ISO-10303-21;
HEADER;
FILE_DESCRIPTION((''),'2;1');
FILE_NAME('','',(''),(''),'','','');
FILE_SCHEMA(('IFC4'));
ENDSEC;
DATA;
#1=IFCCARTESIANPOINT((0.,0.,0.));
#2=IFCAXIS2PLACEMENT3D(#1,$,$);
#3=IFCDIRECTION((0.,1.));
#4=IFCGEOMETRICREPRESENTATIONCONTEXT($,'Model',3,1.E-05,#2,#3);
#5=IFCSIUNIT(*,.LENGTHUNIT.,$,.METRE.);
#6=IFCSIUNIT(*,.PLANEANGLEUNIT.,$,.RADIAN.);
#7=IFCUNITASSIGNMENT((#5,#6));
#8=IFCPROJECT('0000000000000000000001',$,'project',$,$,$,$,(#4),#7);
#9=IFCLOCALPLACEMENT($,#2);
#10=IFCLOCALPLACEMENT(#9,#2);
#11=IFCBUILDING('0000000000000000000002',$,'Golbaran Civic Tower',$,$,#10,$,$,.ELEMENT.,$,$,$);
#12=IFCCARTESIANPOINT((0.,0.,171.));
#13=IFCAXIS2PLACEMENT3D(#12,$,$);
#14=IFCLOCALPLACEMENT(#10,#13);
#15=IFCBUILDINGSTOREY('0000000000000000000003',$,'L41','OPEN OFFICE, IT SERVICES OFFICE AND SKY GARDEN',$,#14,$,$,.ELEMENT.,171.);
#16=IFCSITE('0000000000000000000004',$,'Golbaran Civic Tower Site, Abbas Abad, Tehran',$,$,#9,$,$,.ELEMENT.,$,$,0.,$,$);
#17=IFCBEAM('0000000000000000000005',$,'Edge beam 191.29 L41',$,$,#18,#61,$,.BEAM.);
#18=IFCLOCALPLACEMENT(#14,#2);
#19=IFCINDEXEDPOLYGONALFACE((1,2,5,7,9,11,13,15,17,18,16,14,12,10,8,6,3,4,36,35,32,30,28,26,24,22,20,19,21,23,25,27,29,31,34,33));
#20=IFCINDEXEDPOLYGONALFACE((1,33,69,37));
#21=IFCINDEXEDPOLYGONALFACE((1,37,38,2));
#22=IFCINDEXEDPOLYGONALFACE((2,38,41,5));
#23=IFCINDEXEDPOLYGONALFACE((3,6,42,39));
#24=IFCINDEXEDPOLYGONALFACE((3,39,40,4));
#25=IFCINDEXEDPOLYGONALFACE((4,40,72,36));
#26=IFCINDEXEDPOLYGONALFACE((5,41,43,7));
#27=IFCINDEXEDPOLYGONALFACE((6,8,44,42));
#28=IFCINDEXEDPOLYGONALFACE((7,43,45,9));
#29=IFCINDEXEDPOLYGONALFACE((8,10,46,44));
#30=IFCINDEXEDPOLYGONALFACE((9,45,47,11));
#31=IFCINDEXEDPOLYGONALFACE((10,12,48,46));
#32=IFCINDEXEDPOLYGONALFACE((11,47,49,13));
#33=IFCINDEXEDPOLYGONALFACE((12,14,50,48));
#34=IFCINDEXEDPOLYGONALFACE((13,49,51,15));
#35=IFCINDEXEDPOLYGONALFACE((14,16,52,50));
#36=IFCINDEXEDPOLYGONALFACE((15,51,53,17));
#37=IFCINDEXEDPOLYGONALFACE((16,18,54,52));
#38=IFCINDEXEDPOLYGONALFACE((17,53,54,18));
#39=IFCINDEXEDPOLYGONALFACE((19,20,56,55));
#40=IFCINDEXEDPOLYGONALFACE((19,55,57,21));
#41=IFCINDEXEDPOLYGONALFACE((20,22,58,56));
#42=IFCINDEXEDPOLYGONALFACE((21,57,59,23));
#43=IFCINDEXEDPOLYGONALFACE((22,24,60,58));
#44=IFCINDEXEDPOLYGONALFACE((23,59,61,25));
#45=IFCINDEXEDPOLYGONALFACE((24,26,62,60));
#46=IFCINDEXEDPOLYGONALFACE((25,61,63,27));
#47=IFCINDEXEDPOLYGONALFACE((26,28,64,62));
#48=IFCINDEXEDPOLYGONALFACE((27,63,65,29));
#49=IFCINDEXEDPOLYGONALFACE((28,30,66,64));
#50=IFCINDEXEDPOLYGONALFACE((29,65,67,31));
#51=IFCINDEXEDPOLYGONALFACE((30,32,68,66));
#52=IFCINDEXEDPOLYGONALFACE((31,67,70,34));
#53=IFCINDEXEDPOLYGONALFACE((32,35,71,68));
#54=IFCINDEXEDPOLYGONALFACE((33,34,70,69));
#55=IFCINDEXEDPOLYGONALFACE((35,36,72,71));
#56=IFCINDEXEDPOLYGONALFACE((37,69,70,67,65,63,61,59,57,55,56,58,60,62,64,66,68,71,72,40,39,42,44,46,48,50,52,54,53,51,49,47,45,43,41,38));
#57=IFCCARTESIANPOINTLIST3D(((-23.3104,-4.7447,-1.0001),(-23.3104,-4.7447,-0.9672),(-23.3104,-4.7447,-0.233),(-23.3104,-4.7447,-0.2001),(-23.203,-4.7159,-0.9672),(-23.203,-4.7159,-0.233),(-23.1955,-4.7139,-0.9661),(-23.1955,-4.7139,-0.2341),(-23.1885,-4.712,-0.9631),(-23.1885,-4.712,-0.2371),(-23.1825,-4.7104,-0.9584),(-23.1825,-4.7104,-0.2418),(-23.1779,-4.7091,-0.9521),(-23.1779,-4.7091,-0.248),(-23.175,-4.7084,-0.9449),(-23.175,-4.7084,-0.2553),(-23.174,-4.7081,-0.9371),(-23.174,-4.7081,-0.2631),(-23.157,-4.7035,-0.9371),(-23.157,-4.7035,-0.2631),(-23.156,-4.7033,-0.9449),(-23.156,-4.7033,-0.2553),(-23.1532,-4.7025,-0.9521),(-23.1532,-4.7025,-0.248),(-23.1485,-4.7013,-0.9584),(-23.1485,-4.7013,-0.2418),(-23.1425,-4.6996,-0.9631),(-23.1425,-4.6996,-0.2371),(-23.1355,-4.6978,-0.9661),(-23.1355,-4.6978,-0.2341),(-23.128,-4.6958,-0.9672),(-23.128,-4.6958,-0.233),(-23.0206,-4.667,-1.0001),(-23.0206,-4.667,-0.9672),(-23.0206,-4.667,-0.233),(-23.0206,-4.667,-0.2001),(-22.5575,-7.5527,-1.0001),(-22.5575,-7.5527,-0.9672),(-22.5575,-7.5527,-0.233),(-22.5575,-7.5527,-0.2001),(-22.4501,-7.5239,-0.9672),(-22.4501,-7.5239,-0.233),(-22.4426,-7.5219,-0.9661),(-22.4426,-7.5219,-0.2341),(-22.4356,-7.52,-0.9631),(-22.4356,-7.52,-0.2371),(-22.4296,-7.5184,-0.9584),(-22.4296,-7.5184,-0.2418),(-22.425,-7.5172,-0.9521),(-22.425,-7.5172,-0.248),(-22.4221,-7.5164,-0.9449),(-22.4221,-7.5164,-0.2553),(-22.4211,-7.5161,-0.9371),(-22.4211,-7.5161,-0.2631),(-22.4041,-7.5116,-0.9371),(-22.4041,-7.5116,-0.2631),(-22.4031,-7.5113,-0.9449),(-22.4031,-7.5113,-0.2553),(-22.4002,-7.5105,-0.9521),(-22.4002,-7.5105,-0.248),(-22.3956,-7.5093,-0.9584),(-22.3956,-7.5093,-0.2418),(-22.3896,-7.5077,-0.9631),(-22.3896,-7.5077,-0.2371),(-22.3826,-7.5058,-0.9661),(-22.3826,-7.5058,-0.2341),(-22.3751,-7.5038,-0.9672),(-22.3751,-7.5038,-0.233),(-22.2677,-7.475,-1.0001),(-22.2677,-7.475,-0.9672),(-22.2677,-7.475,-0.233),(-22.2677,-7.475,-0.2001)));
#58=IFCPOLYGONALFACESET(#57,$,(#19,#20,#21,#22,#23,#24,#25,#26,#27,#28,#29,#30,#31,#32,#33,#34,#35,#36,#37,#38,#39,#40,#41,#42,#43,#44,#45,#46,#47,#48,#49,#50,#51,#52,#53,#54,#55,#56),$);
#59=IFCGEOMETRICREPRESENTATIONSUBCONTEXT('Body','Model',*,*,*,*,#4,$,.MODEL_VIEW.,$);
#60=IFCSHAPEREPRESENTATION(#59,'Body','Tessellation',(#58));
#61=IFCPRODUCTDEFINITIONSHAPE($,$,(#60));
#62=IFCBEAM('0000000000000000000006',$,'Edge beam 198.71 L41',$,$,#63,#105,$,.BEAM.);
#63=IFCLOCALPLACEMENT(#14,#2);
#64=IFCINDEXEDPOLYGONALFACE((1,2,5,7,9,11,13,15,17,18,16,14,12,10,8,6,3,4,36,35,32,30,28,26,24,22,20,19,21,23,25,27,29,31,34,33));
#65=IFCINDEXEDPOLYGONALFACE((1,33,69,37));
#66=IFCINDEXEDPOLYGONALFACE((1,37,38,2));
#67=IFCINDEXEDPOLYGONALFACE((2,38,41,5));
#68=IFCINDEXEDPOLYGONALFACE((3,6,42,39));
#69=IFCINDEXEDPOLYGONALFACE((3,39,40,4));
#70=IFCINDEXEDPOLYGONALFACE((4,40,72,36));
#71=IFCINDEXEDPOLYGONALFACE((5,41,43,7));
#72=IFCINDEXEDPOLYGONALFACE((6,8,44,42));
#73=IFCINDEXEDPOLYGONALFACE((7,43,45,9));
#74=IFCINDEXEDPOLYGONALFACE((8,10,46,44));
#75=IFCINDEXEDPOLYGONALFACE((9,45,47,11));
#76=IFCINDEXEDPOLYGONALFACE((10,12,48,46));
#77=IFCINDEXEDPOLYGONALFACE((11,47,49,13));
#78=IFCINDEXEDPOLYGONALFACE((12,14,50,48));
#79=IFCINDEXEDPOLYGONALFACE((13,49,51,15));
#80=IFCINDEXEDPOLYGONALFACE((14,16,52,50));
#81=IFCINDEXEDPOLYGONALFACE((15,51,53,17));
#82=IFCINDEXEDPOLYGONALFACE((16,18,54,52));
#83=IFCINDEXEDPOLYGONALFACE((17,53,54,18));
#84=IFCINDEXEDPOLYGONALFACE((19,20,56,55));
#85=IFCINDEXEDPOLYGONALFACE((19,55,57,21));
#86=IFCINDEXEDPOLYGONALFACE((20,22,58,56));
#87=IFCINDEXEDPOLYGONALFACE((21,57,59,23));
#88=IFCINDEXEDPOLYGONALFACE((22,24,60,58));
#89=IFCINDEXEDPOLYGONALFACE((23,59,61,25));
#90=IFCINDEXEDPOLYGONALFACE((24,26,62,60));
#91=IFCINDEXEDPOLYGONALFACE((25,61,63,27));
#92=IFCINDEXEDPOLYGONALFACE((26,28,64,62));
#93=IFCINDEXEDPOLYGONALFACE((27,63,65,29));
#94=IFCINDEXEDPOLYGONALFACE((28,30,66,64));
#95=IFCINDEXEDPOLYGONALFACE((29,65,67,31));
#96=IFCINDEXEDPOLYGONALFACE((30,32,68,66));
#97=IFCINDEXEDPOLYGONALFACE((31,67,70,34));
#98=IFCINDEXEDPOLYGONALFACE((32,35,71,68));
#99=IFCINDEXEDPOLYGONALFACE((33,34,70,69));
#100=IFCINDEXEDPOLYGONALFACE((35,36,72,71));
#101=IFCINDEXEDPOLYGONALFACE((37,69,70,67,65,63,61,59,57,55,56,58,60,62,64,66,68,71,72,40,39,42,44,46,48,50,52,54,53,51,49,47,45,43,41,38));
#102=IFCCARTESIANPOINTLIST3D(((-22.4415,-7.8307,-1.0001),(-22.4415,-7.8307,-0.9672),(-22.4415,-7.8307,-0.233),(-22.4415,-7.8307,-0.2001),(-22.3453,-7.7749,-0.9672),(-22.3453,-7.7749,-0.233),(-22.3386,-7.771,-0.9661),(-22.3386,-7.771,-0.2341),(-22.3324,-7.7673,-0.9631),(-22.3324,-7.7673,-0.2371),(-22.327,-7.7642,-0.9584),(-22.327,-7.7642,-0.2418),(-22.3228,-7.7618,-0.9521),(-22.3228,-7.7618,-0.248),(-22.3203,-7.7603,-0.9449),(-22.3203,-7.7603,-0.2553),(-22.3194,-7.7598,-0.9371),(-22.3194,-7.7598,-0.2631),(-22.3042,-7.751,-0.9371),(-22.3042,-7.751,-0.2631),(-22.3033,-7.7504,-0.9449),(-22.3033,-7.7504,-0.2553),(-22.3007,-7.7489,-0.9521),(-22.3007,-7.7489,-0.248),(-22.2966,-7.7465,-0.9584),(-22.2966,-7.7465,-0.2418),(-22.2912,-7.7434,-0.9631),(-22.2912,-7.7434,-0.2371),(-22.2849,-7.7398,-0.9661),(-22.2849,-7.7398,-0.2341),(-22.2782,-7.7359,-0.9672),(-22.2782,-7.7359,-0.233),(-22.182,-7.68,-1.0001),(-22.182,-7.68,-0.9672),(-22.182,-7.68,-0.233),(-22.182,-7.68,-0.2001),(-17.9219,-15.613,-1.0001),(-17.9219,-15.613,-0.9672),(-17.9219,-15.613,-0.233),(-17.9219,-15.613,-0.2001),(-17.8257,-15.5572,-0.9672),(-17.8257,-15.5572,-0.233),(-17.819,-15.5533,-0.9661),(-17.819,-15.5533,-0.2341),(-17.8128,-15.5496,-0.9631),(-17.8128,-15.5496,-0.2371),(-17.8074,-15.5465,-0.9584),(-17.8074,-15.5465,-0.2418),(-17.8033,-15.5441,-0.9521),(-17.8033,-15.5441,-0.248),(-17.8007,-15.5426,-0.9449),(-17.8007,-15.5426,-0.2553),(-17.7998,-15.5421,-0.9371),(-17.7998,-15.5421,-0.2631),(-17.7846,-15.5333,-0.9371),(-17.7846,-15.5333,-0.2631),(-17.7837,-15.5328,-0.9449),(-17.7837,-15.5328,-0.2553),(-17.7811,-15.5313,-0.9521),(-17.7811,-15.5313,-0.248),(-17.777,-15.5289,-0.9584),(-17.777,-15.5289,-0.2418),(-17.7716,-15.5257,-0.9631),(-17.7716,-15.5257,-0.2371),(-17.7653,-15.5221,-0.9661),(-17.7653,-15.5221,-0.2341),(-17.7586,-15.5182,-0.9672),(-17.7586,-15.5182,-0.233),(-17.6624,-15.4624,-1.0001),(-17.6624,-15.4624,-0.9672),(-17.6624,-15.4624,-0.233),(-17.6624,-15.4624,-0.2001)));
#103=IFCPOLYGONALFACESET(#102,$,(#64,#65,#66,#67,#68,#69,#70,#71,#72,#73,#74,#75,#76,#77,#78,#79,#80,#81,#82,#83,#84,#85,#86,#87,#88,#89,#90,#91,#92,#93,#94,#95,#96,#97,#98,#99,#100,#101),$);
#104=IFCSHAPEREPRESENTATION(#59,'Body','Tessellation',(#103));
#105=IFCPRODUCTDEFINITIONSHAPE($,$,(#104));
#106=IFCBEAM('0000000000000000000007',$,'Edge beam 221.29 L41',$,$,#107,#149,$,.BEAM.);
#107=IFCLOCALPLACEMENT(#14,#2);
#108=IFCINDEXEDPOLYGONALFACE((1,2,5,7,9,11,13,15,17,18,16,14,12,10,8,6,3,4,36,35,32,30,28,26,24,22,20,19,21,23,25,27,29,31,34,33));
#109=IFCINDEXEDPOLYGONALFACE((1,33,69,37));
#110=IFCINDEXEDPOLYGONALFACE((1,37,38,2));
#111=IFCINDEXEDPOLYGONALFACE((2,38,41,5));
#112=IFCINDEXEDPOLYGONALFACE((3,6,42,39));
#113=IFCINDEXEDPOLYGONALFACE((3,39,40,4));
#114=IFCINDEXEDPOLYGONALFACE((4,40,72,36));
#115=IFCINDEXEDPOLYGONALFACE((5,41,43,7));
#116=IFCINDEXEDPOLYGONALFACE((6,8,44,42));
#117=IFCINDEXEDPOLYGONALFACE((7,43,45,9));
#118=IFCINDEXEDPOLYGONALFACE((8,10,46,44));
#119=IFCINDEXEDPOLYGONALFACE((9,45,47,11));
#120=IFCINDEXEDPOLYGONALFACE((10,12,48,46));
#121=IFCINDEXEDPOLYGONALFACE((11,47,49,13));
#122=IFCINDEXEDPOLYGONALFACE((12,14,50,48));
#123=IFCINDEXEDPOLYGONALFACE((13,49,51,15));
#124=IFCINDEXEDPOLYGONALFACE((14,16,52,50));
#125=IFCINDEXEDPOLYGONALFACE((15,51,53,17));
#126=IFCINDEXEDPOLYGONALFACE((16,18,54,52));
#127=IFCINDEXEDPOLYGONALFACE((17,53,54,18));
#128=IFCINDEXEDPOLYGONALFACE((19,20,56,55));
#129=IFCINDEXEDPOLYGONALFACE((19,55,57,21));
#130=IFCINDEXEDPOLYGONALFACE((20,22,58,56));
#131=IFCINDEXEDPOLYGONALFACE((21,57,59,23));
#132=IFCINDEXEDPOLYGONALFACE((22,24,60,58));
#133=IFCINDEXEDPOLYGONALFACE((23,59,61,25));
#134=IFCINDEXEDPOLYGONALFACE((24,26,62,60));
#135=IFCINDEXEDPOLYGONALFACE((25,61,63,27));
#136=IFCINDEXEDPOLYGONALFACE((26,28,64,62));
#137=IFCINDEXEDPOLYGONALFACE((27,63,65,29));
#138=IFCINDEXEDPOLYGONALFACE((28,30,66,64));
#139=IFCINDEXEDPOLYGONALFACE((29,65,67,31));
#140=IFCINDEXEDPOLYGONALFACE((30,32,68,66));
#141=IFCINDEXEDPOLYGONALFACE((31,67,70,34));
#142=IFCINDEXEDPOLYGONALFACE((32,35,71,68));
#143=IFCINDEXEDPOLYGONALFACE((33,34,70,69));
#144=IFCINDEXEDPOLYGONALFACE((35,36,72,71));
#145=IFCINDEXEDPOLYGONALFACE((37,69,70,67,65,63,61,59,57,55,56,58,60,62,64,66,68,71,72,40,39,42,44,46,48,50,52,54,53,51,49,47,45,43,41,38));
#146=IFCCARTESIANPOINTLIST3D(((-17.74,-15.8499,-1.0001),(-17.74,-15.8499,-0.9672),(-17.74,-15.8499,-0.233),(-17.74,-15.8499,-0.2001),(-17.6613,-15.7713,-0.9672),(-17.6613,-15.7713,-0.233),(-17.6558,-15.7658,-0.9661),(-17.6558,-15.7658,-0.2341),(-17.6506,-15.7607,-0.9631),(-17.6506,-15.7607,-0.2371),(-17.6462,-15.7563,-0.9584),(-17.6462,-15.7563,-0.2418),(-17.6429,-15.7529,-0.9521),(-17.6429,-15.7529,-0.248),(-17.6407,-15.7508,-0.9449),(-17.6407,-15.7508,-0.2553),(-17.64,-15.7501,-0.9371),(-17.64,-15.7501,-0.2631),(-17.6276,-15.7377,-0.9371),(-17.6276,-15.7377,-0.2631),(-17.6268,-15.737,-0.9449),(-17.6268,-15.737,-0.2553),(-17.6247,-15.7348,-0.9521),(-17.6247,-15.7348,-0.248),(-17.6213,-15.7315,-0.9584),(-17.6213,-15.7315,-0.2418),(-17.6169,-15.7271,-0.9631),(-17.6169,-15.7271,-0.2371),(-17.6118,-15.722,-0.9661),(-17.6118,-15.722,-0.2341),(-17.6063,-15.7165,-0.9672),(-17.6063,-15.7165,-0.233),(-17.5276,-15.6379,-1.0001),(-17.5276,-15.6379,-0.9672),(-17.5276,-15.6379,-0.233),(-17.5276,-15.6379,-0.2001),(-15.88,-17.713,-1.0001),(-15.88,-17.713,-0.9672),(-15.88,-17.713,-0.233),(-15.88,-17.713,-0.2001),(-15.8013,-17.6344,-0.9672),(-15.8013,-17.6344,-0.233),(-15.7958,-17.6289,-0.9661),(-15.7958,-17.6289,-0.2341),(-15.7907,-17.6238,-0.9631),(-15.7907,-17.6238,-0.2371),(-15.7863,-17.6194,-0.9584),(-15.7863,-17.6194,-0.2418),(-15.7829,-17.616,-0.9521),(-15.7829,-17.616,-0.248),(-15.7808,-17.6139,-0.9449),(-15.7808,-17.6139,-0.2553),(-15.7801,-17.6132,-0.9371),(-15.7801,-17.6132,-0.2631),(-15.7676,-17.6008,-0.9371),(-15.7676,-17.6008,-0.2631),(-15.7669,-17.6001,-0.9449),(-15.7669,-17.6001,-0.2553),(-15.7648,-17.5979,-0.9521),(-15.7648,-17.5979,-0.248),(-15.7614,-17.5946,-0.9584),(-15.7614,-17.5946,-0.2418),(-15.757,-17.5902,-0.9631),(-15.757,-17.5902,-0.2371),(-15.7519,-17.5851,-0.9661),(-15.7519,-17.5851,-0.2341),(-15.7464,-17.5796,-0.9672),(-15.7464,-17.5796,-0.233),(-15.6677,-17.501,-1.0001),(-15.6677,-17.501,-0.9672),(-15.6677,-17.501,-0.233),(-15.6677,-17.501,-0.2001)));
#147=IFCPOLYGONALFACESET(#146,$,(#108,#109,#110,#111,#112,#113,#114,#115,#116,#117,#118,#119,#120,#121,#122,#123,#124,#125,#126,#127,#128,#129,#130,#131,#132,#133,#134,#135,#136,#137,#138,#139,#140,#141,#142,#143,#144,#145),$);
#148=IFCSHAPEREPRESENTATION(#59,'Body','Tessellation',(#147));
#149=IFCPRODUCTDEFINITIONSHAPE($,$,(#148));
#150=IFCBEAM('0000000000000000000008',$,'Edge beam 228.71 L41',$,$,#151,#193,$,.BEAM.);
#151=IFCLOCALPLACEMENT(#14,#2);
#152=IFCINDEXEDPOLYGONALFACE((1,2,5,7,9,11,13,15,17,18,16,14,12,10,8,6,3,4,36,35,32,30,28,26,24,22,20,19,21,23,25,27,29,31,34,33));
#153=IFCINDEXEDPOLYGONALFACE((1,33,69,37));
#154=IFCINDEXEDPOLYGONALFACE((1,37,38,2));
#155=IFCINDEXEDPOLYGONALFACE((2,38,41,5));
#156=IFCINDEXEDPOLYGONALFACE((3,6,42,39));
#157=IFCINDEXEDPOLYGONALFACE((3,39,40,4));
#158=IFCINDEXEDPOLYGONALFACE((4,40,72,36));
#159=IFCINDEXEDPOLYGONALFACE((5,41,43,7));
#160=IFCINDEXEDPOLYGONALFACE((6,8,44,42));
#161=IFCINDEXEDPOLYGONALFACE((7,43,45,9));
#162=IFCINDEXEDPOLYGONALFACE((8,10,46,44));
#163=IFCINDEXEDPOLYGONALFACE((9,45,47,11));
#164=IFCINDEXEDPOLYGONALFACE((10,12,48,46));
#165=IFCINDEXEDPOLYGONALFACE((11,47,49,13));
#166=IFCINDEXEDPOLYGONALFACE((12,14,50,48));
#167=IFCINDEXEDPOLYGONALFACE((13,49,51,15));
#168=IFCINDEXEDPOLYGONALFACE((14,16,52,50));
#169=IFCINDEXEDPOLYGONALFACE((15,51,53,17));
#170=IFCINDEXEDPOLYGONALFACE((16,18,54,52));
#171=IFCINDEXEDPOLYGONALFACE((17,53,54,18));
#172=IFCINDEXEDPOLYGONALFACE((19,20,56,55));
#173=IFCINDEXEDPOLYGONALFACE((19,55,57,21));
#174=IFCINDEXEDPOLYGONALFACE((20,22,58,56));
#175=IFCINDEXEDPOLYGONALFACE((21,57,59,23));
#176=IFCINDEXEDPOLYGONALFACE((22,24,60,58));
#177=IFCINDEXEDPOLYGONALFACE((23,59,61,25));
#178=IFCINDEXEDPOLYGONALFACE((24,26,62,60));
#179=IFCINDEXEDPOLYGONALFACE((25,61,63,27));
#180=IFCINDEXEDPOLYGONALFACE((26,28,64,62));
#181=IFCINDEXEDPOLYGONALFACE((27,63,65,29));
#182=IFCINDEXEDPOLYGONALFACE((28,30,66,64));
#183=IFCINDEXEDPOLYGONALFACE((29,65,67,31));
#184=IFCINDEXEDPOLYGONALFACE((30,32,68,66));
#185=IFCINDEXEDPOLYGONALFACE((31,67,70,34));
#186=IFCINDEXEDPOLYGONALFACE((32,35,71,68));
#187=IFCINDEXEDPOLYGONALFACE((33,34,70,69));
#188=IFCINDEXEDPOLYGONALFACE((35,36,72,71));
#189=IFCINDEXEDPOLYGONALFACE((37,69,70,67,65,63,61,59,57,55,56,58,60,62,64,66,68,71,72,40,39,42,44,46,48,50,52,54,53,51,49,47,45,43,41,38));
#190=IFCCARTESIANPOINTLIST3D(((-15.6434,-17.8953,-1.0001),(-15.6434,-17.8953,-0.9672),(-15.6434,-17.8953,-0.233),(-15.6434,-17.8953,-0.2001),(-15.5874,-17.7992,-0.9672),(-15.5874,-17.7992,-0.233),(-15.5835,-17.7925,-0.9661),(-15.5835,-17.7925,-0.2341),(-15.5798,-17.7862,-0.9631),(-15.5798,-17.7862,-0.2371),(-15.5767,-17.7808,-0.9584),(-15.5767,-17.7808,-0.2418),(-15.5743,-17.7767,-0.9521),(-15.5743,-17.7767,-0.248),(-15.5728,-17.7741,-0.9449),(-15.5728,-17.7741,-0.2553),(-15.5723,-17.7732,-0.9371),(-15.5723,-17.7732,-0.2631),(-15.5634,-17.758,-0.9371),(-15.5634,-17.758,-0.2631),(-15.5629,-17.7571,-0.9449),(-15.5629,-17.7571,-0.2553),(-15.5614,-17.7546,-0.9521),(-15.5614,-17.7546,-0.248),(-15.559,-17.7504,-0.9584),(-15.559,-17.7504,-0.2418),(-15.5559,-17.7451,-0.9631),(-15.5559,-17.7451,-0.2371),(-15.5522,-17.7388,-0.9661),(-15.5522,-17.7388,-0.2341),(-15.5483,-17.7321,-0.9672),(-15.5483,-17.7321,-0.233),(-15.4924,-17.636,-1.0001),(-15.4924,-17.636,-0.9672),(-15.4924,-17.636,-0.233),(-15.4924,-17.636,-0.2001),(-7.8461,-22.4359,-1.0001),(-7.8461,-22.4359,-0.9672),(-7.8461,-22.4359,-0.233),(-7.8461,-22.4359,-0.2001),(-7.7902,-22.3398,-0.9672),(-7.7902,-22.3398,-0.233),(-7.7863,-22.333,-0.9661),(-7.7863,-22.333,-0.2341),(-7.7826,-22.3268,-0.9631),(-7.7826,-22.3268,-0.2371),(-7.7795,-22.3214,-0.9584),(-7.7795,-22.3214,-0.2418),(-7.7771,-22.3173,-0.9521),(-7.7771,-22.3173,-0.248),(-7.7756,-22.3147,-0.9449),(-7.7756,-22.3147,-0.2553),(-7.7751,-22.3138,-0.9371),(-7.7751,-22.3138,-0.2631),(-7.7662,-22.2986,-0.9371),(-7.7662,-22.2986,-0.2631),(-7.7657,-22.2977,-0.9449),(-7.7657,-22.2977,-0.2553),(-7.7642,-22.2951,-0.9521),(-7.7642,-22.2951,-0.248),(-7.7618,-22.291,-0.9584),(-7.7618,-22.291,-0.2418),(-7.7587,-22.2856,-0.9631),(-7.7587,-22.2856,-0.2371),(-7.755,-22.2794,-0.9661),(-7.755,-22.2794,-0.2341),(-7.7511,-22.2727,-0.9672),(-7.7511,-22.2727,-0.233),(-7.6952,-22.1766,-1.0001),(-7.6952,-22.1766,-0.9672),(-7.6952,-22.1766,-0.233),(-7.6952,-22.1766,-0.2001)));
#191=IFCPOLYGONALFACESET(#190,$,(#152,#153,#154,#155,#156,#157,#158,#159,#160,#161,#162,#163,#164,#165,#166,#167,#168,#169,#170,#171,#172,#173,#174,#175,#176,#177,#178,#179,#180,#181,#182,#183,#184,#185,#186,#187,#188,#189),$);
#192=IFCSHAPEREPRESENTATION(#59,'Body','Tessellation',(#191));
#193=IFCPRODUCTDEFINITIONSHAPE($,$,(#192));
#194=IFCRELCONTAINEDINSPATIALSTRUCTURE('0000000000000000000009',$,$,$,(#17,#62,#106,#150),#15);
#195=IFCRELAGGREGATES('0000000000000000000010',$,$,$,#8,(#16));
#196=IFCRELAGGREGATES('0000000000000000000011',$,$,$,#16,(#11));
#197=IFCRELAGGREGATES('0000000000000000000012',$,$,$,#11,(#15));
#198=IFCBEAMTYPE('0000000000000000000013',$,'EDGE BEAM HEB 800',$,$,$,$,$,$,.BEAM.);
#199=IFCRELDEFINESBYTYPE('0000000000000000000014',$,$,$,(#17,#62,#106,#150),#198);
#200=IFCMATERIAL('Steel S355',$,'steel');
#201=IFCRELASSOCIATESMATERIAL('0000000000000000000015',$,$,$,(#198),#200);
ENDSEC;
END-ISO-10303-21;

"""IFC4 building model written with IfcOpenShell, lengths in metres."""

from ifc_helpers import new_model, si_unit, direction, frame, origin, origin_2d, place, context, subcontext, project, spatial, i_section, extrude, material, material_profile, profile_set, type_object, element, save


model = new_model("IFC4")

# Units and contexts
model_context = context("Model", 3, precision=1e-05, world=origin(), true_north=direction((0.0, 1.0)))
body_context = subcontext(model_context, "Body", "Model", "MODEL_VIEW")
ifc_project = project(units=[si_unit("LENGTHUNIT", "METRE"), si_unit("PLANEANGLEUNIT", "RADIAN")], contexts=[model_context])

# Site, building, storey
site_placement = place(None, origin())
site = spatial("IfcSite", under=ifc_project, at=site_placement, Name="Golbaran Civic Tower Site, Abbas Abad, Tehran", CompositionType="ELEMENT", RefElevation=0.0)
building_placement = place(site_placement, origin())
building = spatial("IfcBuilding", under=site, at=building_placement, Name="Golbaran Civic Tower", CompositionType="ELEMENT")
storey_placement = place(building_placement, frame((0.0, 0.0, 171.0)))
storey = spatial("IfcBuildingStorey", under=building, at=storey_placement, Name="L41", Description="OPEN OFFICE, IT SERVICES OFFICE AND SKY GARDEN", CompositionType="ELEMENT", Elevation=171.0)

# Beams
ifc_material_1 = material(Name="Steel S355", Category="steel")
ifc_material_profile_1 = material_profile(ifc_material_1, i_section(OverallWidth=0.3, OverallDepth=0.8, WebThickness=0.0176, FlangeThickness=0.033, FilletRadius=0.03, at=origin_2d()), Name="HEB 800")
ifc_profile_set_1 = profile_set([ifc_material_profile_1], Name="Steel S355")
beam_type_1 = type_object("IfcBeamType", Name="EDGE BEAM HEB 800", PredefinedType="BEAM", material=ifc_profile_set_1)
beam_1_placement = place(storey_placement, frame((-23.1655, -4.7058, -0.6001), z_axis=(0.25898, -0.965883, 0.0), x_axis=(0.965883, 0.25898, 0.0)))
element("IfcBeam", 1, at=beam_1_placement, inside=storey, type_object=beam_type_1, Name="Edge beam 191.29 L41", PredefinedType="BEAM", context=body_context, shape_type="SweptSolid", body=[
    extrude(i_section(OverallWidth=0.3, OverallDepth=0.8, WebThickness=0.0176, FlangeThickness=0.033, FilletRadius=0.03, at=origin_2d()), origin(), (0.0, 0.0, 1.0), 2.9072),
])
beam_2_placement = place(storey_placement, frame((-22.3118, -7.7554, -0.6001), z_axis=(0.502204, -0.864749, 0.0), x_axis=(0.864749, 0.502204, 0.0)))
element("IfcBeam", 2, at=beam_2_placement, inside=storey, type_object=beam_type_1, Name="Edge beam 198.71 L41", PredefinedType="BEAM", context=body_context, shape_type="SweptSolid", body=[
    extrude(i_section(OverallWidth=0.3, OverallDepth=0.8, WebThickness=0.0176, FlangeThickness=0.033, FilletRadius=0.03, at=origin_2d()), origin(), (0.0, 0.0, 1.0), 8.9995),
])
beam_3_placement = place(storey_placement, frame((-17.6338, -15.7439, -0.6001), z_axis=(0.706504, -0.707709, 0.0), x_axis=(0.707709, 0.706504, 0.0)))
element("IfcBeam", 3, at=beam_3_placement, inside=storey, type_object=beam_type_1, Name="Edge beam 221.29 L41", PredefinedType="BEAM", context=body_context, shape_type="SweptSolid", body=[
    extrude(i_section(OverallWidth=0.3, OverallDepth=0.8, WebThickness=0.0176, FlangeThickness=0.033, FilletRadius=0.03, at=origin_2d()), origin(), (0.0, 0.0, 1.0), 2.6326),
])
beam_4_placement = place(storey_placement, frame((-15.5679, -17.7656, -0.6001), z_axis=(0.864155, -0.503227, 0.0), x_axis=(0.503227, 0.864155, 0.0)))
element("IfcBeam", 4, at=beam_4_placement, inside=storey, type_object=beam_type_1, Name="Edge beam 228.71 L41", PredefinedType="BEAM", context=body_context, shape_type="SweptSolid", body=[
    extrude(i_section(OverallWidth=0.3, OverallDepth=0.8, WebThickness=0.0176, FlangeThickness=0.033, FilletRadius=0.03, at=origin_2d()), origin(), (0.0, 0.0, 1.0), 9.0229),
])

save(model, "model.ifc")
